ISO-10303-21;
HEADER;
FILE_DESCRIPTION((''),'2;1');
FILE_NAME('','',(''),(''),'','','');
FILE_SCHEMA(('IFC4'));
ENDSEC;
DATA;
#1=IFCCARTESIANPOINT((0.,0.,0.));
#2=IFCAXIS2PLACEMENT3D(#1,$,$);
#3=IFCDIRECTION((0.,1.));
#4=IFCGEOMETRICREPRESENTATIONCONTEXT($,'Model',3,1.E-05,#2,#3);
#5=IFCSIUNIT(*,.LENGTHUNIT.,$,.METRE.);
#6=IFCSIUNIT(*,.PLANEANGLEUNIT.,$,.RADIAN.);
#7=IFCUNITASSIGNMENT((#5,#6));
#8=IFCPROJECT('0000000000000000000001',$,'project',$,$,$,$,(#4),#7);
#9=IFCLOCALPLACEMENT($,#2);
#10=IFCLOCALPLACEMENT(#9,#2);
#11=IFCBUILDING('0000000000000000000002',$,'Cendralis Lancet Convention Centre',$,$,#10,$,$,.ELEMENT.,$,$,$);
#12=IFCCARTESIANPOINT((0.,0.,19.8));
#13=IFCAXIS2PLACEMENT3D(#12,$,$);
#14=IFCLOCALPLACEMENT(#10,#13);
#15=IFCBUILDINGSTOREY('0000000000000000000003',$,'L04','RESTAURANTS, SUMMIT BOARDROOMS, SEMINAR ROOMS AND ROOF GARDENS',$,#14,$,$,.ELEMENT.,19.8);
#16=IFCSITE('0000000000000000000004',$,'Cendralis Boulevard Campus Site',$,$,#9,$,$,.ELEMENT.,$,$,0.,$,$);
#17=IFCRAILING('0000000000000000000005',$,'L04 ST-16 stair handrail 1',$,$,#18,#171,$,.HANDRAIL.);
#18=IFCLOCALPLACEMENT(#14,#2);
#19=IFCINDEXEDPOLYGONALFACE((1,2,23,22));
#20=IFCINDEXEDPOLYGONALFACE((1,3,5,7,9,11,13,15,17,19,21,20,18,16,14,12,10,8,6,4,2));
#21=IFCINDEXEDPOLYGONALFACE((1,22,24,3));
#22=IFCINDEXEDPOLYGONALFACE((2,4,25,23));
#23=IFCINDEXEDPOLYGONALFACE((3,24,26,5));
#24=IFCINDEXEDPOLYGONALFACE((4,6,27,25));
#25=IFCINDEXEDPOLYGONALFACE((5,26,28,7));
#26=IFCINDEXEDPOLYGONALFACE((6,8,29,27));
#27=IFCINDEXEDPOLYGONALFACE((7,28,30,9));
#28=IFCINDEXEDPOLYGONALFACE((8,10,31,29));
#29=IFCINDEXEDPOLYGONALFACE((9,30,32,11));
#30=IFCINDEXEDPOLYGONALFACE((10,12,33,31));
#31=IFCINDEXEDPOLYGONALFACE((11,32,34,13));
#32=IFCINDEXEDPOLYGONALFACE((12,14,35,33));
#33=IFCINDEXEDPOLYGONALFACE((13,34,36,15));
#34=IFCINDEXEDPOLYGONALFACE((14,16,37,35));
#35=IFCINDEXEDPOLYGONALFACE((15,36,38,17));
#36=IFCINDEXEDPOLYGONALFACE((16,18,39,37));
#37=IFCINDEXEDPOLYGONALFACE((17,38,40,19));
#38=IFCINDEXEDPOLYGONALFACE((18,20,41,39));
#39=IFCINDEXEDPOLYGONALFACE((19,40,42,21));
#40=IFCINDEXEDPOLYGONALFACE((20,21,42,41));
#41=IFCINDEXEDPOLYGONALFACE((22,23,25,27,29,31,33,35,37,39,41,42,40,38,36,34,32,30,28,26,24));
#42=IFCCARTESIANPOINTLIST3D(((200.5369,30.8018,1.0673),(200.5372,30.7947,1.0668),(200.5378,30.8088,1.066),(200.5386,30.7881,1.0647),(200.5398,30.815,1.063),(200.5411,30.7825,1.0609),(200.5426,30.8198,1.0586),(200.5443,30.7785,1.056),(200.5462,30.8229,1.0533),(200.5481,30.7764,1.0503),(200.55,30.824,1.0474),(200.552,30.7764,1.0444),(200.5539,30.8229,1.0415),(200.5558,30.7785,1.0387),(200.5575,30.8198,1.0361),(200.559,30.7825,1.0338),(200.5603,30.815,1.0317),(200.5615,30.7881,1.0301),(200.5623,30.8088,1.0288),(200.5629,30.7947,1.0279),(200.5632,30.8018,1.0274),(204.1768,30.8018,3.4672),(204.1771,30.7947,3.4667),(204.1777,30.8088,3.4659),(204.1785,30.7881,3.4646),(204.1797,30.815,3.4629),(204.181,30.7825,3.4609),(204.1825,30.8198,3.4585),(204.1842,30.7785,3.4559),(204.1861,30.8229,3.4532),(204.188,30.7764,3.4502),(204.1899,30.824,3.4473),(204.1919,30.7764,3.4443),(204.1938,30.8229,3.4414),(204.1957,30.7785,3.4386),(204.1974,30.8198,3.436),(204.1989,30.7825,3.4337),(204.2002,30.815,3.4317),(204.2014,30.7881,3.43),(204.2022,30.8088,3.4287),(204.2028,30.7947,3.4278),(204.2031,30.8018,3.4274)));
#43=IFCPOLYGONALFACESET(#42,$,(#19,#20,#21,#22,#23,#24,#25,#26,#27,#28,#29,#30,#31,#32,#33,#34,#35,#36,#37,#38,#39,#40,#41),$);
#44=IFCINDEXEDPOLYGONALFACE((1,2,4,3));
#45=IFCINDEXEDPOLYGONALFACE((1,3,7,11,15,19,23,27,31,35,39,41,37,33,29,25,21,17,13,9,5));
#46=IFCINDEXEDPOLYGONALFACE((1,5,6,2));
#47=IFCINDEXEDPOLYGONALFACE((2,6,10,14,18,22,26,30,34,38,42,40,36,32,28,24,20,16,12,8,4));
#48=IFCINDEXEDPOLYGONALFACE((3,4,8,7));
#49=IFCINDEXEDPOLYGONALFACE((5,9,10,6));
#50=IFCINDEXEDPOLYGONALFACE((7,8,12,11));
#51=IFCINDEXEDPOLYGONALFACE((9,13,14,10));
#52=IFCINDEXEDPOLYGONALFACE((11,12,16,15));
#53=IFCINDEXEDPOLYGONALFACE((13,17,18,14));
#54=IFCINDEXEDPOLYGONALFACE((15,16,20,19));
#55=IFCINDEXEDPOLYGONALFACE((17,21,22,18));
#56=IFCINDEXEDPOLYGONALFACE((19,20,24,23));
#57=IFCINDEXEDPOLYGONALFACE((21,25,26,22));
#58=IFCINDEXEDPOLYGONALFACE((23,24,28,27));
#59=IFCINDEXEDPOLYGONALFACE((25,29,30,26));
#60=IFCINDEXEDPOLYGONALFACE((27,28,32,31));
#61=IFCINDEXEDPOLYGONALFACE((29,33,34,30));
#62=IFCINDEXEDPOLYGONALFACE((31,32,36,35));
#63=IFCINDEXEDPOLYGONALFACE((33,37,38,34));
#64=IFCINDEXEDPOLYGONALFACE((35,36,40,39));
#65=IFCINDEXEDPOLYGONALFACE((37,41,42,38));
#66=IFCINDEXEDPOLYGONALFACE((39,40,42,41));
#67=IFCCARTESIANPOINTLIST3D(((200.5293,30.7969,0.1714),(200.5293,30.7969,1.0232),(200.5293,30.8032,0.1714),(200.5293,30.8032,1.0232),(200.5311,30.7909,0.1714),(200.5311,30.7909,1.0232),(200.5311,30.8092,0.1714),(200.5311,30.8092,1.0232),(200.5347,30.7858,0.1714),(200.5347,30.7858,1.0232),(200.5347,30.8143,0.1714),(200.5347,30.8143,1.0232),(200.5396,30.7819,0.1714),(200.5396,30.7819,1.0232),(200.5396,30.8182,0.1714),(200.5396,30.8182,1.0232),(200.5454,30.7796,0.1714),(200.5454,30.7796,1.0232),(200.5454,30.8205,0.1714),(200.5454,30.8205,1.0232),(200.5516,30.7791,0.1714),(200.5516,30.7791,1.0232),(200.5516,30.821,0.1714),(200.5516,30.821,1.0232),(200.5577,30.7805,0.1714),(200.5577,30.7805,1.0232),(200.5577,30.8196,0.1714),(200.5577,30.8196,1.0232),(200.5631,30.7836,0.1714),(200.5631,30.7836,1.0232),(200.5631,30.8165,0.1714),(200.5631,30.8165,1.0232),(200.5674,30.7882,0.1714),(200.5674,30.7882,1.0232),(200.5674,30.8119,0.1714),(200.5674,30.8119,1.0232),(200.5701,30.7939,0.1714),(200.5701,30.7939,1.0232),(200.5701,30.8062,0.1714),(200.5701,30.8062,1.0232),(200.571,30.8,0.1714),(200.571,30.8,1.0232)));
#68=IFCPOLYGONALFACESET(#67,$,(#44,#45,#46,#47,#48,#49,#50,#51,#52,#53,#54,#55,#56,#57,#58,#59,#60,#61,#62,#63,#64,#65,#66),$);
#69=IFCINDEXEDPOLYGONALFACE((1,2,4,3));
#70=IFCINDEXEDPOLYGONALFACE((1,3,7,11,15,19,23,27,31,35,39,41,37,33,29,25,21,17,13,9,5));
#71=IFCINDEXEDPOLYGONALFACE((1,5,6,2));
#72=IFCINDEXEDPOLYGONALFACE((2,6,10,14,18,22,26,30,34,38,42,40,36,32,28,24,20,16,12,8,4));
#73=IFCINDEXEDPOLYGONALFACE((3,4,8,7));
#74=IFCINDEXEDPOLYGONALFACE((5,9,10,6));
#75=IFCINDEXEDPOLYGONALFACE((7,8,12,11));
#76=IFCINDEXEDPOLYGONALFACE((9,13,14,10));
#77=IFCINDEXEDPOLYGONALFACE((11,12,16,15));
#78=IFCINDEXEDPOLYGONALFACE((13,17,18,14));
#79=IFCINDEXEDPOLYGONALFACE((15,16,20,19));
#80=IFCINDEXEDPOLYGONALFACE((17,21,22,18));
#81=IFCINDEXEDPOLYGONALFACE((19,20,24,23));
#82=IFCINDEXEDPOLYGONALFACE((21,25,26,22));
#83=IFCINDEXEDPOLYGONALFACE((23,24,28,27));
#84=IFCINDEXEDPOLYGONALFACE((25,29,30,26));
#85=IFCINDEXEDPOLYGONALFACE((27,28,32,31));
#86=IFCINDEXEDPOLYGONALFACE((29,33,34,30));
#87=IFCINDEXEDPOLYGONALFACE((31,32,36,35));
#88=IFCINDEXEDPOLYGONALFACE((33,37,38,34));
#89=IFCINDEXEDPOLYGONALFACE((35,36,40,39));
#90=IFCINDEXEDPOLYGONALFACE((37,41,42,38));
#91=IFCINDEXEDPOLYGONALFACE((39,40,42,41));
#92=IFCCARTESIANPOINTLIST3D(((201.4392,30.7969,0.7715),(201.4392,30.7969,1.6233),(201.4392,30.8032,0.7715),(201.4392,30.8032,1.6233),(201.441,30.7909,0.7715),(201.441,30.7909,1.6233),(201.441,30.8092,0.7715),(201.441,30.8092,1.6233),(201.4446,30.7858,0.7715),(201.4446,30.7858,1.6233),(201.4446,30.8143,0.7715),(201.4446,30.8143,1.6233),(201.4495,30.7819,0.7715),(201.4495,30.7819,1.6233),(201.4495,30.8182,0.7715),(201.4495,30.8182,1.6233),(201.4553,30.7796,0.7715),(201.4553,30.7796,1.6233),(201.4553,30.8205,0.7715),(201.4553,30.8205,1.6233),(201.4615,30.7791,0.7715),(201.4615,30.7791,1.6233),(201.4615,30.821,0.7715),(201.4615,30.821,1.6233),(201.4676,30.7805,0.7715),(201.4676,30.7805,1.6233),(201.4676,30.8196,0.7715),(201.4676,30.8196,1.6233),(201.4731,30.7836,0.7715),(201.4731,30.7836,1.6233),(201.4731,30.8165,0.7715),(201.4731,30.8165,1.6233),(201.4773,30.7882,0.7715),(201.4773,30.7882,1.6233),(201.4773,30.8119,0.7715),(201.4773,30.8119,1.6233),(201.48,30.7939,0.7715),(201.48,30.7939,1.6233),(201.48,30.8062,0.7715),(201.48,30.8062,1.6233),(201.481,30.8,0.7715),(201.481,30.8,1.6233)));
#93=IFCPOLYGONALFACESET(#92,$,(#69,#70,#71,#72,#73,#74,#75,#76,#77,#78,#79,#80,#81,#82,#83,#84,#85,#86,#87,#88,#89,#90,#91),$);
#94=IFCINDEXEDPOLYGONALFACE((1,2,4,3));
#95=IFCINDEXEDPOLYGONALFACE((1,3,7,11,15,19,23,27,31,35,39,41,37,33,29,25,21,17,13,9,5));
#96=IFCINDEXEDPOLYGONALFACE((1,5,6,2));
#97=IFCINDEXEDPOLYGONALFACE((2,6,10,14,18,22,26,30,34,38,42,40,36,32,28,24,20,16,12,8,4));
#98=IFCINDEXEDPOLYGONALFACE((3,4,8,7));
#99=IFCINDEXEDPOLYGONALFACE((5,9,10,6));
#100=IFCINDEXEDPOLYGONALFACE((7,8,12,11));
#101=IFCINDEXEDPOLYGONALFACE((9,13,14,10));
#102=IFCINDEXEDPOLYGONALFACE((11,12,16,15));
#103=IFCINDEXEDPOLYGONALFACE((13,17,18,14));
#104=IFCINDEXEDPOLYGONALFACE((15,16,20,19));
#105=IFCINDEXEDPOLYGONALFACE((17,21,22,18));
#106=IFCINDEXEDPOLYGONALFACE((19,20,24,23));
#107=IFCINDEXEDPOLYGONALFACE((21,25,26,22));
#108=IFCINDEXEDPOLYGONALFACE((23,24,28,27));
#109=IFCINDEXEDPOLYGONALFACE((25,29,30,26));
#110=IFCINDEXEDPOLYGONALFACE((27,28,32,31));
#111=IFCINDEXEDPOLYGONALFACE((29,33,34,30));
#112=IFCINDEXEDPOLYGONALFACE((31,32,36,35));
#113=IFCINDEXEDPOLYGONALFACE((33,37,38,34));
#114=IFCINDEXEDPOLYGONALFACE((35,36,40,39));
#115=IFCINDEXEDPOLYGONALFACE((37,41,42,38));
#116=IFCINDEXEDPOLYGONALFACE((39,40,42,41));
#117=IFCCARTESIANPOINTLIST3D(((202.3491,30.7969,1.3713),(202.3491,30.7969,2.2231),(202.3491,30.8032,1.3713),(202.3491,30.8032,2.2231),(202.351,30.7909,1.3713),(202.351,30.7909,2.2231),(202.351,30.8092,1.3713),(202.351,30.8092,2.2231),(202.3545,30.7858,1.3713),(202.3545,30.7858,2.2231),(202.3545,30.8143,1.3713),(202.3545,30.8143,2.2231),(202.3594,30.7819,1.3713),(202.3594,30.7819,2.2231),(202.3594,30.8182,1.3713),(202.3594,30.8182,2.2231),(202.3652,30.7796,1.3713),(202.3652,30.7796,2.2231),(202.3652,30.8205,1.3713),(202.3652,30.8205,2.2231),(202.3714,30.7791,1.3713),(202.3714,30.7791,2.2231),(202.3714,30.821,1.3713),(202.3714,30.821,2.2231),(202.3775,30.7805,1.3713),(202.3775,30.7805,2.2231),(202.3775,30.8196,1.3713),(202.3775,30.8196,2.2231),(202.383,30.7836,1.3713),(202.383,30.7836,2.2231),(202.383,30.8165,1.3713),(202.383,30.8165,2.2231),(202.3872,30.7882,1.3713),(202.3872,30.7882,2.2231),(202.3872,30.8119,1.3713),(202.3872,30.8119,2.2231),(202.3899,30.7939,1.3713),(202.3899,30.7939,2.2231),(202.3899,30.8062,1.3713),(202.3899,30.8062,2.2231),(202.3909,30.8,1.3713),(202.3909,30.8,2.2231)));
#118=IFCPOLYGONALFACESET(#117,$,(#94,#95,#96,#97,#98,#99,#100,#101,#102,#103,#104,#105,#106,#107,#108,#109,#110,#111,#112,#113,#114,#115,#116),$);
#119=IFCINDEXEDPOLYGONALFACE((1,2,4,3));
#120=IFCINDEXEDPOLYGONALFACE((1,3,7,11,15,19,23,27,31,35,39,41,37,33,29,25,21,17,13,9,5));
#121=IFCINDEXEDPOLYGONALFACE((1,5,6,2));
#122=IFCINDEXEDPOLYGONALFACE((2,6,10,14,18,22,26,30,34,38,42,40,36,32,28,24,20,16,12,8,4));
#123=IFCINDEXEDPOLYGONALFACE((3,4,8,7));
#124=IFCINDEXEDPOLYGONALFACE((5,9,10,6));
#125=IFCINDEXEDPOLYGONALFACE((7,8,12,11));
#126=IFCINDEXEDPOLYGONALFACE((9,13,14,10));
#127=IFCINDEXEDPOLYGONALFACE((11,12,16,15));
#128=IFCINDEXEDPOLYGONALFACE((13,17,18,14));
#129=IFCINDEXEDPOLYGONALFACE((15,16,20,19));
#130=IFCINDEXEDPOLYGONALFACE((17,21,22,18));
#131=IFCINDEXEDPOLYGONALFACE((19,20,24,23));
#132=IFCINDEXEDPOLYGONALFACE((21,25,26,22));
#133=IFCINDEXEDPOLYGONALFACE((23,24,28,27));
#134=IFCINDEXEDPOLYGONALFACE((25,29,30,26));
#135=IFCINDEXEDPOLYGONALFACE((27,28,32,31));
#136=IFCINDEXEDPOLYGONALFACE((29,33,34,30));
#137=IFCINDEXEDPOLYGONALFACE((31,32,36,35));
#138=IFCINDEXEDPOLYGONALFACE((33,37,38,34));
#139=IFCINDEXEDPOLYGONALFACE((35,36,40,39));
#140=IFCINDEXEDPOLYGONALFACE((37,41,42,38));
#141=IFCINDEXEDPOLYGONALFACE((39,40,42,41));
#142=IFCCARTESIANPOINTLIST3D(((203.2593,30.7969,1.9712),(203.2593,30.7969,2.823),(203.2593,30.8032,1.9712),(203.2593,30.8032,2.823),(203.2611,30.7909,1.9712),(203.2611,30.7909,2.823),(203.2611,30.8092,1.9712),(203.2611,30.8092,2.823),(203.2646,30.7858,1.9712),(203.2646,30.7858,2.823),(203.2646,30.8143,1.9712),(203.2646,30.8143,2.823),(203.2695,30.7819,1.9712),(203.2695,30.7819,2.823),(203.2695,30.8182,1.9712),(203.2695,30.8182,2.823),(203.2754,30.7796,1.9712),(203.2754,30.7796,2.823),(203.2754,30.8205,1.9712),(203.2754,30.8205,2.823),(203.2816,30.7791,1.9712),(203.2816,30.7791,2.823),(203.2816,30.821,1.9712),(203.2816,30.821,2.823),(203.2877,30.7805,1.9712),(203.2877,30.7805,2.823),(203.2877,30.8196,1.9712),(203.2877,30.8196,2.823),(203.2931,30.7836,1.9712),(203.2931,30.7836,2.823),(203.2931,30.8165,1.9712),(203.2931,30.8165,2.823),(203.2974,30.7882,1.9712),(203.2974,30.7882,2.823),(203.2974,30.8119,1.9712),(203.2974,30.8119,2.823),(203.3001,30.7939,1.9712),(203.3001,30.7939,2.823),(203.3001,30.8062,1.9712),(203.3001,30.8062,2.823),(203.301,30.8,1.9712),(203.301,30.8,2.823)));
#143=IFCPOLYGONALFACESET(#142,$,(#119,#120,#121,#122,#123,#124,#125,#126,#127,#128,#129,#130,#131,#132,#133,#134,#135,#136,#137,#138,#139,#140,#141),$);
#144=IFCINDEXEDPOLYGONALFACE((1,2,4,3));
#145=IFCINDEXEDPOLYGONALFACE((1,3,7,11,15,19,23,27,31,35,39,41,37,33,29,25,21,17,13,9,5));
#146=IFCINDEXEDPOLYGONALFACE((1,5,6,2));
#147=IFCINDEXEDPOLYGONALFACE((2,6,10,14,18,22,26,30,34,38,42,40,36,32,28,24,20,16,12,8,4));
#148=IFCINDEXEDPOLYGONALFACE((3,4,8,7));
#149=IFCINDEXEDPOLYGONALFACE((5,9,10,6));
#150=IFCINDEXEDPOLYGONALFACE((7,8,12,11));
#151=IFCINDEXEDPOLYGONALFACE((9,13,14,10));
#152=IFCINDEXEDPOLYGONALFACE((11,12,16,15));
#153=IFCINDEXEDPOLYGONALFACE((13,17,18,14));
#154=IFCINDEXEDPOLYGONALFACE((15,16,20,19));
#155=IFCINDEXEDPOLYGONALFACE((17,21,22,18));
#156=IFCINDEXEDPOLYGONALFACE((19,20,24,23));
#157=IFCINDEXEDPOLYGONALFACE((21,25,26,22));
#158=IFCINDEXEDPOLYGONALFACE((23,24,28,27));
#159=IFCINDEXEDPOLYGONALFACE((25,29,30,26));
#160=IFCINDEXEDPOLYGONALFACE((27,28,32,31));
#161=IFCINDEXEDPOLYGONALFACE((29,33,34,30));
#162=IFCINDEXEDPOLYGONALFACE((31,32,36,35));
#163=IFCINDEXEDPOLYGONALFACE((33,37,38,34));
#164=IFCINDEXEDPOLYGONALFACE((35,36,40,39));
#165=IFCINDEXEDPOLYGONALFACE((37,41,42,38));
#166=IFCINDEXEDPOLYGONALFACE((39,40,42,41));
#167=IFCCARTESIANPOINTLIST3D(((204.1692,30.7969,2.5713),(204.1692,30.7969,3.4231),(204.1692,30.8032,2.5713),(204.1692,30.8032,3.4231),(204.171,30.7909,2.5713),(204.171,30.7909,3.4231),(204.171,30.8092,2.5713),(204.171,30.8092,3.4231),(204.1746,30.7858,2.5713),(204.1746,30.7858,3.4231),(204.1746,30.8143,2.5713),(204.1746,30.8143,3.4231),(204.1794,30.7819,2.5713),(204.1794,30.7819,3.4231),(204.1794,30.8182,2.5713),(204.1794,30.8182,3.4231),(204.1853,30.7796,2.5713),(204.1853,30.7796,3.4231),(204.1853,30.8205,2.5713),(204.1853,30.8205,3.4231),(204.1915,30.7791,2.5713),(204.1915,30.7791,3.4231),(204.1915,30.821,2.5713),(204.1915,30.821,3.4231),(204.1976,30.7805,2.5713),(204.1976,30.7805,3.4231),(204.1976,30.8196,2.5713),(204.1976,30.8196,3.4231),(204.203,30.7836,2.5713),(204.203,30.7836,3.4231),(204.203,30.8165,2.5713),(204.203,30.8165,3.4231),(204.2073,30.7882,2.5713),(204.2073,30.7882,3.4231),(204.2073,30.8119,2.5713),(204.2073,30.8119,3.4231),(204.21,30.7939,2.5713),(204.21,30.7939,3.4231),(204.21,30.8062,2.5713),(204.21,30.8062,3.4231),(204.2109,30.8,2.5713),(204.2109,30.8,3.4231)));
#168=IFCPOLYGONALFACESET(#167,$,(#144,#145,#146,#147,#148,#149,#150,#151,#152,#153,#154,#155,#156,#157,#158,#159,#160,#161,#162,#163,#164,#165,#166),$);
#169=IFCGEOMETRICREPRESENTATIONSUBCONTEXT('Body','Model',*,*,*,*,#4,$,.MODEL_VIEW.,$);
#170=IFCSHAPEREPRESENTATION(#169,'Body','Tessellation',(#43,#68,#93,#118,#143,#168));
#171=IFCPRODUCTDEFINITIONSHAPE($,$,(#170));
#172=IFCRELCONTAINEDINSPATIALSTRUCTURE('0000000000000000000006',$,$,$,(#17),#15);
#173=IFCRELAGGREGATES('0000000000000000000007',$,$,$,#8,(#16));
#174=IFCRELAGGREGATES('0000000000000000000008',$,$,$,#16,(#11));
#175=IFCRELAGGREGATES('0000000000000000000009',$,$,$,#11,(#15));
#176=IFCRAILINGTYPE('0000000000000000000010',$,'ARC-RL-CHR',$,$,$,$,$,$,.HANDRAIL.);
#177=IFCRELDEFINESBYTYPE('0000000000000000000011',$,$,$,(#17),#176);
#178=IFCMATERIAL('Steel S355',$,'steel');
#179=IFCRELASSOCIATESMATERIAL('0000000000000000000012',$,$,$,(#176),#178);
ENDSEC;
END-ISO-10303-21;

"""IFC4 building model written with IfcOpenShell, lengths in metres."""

from ifc_helpers import new_model, si_unit, direction, frame, origin, origin_2d, place, context, subcontext, project, spatial, circle, extrude, material, type_object, element, save


model = new_model("IFC4")

# Units and contexts
model_context = context("Model", 3, precision=1e-05, world=origin(), true_north=direction((0.0, 1.0)))
body_context = subcontext(model_context, "Body", "Model", "MODEL_VIEW")
ifc_project = project(units=[si_unit("LENGTHUNIT", "METRE"), si_unit("PLANEANGLEUNIT", "RADIAN")], contexts=[model_context])

# Site, building, storey
site_placement = place(None, origin())
site = spatial("IfcSite", under=ifc_project, at=site_placement, Name="Cendralis Boulevard Campus Site", CompositionType="ELEMENT", RefElevation=0.0)
building_placement = place(site_placement, origin())
building = spatial("IfcBuilding", under=site, at=building_placement, Name="Cendralis Lancet Convention Centre", CompositionType="ELEMENT")
storey_placement = place(building_placement, frame((0.0, 0.0, 19.8)))
storey = spatial("IfcBuildingStorey", under=building, at=storey_placement, Name="L04", Description="RESTAURANTS, SUMMIT BOARDROOMS, SEMINAR ROOMS AND ROOF GARDENS", CompositionType="ELEMENT", Elevation=19.8)

# Shared definitions
ifc_material_1 = material(Name="Steel S355", Category="steel")

# Railing
railing_type_1 = type_object("IfcRailingType", Name="ARC-RL-CHR", PredefinedType="HANDRAIL", material=ifc_material_1)
railing_1_placement = place(storey_placement, frame((200.55, 30.8, 0.1714)))
element("IfcRailing", 1, at=railing_1_placement, inside=storey, type_object=railing_type_1, Name="L04 ST-16 stair handrail 1", PredefinedType="HANDRAIL", context=body_context, shape_type="SweptSolid", body=[
    extrude(circle(Radius=0.0239, at=origin_2d()), frame((0.0, 0.0, 0.876), z_axis=(0.834865, 0.0, 0.550454), x_axis=(0.0, 1.0, 0.0)), (0.0, 0.0, 1.0), 4.3599),
    extrude(circle(Radius=0.021, at=origin_2d()), origin(), (0.0, 0.0, 1.0), 0.8518),
    extrude(circle(Radius=0.021, at=origin_2d()), frame((0.9099, 0.0, 0.6001)), (0.0, 0.0, 1.0), 0.8518),
    extrude(circle(Radius=0.021, at=origin_2d()), frame((1.8198, 0.0, 1.2)), (0.0, 0.0, 1.0), 0.8518),
    extrude(circle(Radius=0.021, at=origin_2d()), frame((2.73, 0.0, 1.7998)), (0.0, 0.0, 1.0), 0.8518),
    extrude(circle(Radius=0.021, at=origin_2d()), frame((3.6399, 0.0, 2.3999)), (0.0, 0.0, 1.0), 0.8518),
])

save(model, "model.ifc")
